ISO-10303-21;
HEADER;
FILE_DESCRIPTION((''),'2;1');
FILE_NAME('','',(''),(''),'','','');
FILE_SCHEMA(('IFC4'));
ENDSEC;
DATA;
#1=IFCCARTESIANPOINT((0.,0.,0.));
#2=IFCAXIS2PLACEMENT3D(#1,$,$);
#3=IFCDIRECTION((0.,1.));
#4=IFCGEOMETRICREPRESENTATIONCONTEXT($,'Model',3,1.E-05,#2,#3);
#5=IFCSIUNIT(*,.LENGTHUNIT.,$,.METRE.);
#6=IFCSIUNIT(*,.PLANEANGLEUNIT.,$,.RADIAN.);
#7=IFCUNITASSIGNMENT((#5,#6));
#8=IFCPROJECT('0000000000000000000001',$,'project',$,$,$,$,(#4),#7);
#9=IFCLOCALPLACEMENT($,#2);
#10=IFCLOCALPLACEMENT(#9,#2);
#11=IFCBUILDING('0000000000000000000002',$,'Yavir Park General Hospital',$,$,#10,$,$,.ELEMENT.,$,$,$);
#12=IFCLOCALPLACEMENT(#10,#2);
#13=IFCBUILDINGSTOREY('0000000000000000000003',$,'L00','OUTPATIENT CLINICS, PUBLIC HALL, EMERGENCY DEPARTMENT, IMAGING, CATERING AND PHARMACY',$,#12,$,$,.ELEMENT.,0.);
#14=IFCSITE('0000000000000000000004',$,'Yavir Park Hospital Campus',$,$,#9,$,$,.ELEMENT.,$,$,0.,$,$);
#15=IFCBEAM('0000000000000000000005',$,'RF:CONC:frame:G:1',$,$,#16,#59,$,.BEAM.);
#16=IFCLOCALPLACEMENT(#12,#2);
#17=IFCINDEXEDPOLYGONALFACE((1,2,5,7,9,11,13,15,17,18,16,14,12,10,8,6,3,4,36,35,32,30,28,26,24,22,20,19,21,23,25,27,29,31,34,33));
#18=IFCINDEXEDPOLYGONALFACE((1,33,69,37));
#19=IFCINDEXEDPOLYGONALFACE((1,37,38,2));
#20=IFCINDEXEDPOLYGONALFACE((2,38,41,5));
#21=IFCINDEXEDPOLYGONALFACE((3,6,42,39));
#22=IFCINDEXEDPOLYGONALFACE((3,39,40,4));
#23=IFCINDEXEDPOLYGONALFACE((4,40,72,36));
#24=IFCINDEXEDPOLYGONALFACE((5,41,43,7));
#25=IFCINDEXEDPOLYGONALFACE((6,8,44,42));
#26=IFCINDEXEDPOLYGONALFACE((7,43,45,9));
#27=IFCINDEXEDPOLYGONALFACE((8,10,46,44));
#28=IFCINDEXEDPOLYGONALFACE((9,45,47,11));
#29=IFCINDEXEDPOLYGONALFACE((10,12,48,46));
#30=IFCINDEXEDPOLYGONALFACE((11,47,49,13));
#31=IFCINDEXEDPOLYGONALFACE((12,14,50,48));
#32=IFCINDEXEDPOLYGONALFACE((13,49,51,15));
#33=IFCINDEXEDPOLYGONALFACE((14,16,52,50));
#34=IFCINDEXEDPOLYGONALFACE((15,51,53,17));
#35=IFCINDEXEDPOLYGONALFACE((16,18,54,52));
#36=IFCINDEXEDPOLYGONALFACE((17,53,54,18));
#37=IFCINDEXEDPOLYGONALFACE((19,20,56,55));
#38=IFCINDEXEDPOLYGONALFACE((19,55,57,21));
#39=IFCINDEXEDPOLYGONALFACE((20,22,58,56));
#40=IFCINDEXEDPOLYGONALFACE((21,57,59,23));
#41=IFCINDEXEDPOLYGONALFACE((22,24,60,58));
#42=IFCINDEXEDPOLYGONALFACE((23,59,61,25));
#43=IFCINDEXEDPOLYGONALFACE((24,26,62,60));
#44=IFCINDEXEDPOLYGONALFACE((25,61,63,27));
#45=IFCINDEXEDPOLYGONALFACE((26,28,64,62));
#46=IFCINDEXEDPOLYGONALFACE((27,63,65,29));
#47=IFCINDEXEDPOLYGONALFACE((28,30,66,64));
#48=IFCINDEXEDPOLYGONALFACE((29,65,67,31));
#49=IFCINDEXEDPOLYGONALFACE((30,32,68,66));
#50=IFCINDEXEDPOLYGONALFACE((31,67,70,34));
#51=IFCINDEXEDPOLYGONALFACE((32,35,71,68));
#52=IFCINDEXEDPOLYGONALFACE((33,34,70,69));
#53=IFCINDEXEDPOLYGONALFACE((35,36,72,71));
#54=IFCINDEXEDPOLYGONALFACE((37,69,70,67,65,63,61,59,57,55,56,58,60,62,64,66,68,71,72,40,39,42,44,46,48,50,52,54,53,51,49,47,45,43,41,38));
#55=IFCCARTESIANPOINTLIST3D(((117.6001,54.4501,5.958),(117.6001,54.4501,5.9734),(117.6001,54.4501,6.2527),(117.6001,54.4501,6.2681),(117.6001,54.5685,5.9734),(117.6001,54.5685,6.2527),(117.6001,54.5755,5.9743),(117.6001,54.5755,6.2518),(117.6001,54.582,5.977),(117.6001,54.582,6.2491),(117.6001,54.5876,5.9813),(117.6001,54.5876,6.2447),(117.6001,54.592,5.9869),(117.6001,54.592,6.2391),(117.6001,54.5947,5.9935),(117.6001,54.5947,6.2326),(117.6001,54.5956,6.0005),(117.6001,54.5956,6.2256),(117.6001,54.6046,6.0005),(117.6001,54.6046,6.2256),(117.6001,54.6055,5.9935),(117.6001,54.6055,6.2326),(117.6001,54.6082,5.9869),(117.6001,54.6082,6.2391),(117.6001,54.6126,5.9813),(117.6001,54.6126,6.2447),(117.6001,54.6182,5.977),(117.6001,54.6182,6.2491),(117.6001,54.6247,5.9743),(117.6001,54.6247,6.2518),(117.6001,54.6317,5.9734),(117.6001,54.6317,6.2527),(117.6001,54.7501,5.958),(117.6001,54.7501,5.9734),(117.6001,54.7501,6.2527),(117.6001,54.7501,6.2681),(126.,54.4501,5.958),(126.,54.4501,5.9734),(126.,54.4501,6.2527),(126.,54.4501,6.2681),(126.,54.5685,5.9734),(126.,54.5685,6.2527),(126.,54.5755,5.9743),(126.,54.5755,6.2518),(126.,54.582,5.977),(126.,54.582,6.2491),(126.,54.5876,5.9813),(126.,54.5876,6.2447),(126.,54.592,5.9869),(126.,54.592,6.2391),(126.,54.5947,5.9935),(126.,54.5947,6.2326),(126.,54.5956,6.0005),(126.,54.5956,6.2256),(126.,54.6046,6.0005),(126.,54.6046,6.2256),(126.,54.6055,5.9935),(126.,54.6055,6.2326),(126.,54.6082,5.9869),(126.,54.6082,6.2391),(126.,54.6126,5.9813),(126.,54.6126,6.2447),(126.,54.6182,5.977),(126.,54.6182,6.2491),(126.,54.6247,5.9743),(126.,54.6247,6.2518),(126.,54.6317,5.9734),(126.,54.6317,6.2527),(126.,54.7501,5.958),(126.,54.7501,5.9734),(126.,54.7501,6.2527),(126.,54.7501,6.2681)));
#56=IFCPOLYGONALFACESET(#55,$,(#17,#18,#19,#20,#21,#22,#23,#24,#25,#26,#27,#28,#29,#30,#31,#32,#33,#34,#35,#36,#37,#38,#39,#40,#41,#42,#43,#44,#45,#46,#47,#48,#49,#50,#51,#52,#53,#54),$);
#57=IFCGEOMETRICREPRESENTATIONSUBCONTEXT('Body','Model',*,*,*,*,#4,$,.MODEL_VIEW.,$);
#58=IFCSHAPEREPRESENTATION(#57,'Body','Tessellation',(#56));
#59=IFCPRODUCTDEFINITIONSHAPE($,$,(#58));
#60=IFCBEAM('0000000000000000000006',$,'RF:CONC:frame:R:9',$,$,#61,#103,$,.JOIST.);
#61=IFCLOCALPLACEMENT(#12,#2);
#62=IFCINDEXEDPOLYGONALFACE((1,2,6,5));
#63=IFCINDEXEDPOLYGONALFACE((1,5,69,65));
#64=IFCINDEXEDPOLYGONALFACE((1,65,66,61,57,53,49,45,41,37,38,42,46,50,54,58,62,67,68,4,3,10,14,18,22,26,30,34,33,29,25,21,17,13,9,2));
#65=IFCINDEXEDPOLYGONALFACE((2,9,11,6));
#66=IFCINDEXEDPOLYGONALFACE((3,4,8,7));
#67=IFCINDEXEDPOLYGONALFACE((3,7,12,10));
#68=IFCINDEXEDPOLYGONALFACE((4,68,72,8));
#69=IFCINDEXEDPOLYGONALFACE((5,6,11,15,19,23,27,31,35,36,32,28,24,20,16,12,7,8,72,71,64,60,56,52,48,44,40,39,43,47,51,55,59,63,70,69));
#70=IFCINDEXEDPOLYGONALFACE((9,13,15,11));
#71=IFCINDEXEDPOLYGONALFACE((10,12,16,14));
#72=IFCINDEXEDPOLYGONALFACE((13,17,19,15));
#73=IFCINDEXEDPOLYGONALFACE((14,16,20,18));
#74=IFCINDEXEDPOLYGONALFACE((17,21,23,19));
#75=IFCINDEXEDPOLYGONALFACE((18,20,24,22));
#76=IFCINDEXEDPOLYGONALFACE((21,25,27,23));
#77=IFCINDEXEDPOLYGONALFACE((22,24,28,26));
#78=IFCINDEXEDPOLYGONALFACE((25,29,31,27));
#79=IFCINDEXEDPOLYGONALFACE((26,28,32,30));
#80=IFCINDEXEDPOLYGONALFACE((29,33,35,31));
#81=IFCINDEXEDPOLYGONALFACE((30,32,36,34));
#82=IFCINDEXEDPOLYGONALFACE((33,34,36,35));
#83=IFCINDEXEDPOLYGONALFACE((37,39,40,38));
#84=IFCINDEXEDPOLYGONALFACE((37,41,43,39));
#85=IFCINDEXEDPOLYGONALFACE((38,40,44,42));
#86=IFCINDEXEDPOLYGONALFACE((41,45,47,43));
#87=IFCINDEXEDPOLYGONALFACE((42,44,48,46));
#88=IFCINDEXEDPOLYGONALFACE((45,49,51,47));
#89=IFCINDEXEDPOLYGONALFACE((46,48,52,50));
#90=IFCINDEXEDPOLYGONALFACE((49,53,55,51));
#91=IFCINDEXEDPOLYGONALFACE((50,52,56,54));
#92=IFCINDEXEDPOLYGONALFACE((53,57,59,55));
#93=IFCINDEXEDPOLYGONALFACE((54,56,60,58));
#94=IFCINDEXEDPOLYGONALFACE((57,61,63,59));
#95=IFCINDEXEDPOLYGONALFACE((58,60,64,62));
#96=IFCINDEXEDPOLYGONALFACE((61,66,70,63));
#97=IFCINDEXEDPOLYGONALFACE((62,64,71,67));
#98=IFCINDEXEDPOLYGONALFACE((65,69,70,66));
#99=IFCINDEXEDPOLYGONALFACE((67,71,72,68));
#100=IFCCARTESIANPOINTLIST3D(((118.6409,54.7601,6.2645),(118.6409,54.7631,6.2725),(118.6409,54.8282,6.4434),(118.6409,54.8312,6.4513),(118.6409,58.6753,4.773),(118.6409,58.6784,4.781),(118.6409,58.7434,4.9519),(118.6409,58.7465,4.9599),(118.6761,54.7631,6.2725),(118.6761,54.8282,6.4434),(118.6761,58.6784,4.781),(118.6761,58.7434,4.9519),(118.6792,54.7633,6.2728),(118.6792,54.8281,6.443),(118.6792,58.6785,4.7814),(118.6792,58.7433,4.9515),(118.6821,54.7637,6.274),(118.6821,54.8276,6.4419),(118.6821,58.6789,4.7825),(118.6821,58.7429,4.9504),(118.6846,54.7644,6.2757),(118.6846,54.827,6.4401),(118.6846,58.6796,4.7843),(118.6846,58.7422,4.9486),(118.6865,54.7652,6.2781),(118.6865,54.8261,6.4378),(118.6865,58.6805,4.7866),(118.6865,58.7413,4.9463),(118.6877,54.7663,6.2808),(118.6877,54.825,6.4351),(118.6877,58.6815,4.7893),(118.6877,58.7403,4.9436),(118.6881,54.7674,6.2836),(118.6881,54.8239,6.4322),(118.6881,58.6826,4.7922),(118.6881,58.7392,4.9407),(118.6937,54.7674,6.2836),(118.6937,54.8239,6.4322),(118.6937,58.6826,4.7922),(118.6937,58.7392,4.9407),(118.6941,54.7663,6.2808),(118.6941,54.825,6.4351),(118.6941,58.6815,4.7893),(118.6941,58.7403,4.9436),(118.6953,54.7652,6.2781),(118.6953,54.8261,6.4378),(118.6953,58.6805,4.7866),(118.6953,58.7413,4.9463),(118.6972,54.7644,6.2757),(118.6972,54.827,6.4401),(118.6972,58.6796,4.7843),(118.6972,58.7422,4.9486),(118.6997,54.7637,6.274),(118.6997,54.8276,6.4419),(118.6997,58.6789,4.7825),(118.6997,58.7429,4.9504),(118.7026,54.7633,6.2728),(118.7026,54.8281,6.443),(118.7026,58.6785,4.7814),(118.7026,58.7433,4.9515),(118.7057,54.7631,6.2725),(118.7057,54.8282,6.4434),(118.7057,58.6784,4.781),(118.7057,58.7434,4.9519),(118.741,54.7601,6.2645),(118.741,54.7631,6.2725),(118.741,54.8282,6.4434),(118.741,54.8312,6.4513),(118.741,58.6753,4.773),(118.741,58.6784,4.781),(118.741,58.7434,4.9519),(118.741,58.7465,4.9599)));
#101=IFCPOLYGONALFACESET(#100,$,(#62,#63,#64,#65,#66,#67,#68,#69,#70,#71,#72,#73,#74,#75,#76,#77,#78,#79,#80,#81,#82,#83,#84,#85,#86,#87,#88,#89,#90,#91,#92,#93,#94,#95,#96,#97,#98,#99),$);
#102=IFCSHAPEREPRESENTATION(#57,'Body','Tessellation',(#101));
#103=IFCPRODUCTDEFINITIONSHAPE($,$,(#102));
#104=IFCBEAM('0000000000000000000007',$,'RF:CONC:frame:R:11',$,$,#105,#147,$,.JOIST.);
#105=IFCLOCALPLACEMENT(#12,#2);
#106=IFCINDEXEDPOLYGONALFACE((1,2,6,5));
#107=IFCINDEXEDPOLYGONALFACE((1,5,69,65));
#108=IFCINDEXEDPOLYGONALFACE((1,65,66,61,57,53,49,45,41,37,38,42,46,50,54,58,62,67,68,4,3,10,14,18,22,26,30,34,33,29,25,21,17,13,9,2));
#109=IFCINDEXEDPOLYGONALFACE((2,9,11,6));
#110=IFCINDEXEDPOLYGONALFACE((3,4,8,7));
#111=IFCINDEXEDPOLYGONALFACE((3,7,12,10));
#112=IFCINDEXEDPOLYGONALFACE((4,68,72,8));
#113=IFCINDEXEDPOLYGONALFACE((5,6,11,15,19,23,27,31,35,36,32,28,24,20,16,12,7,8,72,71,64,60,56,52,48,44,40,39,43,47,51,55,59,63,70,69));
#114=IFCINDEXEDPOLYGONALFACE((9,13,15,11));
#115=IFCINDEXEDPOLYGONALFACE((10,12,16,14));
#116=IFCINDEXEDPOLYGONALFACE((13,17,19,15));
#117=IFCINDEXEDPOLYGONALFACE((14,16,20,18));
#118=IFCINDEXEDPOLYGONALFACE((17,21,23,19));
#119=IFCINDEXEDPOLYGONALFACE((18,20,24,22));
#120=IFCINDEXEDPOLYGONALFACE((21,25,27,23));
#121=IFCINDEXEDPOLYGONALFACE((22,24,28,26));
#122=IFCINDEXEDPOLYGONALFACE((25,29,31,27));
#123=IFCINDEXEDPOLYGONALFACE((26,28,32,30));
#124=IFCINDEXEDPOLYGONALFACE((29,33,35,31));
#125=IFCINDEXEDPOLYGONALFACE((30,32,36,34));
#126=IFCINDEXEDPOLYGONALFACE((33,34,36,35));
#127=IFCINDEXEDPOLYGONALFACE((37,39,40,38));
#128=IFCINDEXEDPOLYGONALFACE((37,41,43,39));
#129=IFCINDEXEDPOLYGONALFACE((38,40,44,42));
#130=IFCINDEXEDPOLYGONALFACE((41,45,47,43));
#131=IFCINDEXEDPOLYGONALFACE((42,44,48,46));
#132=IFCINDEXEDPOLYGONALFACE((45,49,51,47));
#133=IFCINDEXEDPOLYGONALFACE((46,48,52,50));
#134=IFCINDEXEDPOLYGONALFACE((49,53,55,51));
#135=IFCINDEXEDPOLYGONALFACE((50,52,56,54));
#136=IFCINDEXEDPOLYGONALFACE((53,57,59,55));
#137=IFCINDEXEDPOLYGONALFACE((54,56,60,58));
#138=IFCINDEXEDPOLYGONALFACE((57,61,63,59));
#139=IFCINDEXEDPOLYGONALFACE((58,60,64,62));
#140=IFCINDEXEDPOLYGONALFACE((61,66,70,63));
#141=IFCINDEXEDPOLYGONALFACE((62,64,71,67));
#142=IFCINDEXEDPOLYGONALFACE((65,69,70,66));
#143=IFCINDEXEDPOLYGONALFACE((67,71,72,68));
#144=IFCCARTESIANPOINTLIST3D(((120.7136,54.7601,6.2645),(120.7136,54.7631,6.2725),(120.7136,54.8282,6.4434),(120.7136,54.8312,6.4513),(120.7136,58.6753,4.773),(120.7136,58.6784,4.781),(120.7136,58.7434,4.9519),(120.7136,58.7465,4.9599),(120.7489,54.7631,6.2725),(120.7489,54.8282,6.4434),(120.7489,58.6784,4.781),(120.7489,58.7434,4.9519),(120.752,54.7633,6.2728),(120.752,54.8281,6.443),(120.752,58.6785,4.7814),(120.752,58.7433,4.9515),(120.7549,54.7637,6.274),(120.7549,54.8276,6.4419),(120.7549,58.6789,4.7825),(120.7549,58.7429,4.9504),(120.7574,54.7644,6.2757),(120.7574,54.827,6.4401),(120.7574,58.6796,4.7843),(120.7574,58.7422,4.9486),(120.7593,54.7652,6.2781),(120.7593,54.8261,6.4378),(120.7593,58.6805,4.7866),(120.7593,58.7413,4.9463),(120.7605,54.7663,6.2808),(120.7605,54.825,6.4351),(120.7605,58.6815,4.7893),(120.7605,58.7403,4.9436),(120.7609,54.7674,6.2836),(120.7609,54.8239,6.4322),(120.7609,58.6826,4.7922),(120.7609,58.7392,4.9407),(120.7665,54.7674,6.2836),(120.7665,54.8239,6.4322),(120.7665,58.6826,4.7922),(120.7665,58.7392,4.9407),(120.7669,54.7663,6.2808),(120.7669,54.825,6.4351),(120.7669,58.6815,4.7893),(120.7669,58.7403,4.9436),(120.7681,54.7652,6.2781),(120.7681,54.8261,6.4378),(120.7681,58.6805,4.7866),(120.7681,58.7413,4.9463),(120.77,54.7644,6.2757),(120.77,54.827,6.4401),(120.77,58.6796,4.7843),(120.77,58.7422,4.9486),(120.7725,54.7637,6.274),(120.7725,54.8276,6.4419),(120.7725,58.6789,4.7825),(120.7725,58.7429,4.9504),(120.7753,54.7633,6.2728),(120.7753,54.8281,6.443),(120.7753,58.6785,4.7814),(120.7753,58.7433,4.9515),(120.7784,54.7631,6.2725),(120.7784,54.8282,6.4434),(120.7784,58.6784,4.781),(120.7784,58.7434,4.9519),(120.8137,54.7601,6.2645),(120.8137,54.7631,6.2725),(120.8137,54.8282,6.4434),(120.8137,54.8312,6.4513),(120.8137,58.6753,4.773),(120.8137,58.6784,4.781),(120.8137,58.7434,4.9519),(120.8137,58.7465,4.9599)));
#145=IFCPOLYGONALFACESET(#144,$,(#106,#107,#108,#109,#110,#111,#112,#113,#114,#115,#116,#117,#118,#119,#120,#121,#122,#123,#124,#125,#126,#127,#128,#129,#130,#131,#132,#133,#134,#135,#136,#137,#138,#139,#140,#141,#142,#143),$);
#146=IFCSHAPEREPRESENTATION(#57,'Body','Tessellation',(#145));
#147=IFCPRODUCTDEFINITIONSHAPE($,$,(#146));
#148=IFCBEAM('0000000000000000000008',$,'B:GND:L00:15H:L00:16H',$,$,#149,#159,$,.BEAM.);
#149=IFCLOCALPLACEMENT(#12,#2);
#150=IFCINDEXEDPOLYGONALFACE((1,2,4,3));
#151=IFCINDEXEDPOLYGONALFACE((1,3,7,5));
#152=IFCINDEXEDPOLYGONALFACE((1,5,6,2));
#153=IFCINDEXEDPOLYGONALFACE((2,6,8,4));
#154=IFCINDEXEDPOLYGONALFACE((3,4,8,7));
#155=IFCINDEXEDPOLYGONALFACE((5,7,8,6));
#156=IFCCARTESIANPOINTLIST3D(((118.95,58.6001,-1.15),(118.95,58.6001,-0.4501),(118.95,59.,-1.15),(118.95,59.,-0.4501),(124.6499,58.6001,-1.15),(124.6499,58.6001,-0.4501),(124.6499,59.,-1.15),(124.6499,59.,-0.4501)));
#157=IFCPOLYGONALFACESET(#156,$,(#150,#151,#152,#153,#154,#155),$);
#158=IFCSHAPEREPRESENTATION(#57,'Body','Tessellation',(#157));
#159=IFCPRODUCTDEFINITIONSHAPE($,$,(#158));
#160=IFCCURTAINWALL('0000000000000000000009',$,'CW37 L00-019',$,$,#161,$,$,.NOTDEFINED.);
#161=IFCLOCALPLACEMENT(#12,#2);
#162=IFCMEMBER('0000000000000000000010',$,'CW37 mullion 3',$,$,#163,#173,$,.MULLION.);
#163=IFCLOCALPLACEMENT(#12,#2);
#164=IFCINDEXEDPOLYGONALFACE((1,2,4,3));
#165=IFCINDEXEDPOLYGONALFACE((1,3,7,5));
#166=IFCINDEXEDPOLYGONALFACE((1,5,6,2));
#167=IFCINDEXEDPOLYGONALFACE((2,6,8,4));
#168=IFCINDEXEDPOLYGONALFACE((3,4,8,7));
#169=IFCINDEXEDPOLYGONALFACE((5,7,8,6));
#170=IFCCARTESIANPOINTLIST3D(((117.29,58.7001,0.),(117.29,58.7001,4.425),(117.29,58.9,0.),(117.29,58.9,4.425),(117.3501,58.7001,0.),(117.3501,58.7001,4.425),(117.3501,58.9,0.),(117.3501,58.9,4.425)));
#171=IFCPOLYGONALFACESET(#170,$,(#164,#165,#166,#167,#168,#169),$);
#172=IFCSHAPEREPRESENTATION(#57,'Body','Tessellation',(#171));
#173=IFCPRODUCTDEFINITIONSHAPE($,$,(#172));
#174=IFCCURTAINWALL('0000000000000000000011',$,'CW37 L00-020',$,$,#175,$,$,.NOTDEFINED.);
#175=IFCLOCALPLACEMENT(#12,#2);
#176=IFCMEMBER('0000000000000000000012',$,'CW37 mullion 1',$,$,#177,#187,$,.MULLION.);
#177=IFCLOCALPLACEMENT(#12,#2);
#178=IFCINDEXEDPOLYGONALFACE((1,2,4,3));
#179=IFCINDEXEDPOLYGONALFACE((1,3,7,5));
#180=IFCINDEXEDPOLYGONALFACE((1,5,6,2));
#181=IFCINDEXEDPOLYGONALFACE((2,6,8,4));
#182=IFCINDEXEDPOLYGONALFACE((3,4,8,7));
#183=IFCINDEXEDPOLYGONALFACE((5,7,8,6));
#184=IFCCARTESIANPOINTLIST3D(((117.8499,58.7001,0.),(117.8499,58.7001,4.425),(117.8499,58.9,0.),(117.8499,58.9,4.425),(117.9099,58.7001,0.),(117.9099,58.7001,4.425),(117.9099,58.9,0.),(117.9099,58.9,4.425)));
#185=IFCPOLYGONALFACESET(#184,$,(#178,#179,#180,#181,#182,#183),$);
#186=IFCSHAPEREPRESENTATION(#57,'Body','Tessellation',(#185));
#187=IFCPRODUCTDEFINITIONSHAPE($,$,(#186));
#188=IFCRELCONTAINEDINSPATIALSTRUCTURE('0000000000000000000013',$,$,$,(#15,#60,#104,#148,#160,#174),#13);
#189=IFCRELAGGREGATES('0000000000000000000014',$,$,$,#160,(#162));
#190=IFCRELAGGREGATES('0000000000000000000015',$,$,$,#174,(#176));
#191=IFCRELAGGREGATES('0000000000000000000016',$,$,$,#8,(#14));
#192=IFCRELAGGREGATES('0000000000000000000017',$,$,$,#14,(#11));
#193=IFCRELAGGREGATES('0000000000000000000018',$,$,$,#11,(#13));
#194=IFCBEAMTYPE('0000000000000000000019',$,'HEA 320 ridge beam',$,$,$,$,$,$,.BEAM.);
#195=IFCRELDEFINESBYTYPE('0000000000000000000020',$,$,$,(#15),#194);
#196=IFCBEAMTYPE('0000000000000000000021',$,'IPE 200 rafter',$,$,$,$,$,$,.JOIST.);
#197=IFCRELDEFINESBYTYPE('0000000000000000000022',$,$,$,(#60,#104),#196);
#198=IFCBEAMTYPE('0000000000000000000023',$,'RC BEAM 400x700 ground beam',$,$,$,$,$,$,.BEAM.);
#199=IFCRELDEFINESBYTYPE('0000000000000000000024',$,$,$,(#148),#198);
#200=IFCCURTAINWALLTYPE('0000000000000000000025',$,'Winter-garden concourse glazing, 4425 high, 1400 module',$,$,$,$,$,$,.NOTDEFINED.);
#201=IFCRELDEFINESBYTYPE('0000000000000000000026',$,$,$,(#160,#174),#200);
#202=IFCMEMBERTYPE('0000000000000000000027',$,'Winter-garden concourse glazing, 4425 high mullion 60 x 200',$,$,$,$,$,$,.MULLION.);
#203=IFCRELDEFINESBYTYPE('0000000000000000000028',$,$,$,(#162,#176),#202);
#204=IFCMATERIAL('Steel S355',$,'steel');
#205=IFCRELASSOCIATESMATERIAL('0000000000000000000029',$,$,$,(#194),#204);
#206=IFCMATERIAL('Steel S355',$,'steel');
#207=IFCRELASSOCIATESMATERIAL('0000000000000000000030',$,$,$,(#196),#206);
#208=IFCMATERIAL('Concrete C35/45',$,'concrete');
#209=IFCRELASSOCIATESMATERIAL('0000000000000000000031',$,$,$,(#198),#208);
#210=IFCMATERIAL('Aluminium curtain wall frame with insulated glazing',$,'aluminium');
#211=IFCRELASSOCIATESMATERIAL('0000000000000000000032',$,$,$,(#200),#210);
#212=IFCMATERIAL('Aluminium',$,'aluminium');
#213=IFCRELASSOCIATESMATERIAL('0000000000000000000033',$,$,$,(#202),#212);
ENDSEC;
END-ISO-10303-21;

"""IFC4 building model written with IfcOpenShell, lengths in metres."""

from ifc_helpers import new_model, si_unit, direction, frame, origin, origin_2d, place, context, subcontext, project, spatial, rectangle, i_section, extrude, material, material_profile, profile_set, type_object, element, aggregate, save


model = new_model("IFC4")

# Units and contexts
model_context = context("Model", 3, precision=1e-05, world=origin(), true_north=direction((0.0, 1.0)))
body_context = subcontext(model_context, "Body", "Model", "MODEL_VIEW")
ifc_project = project(units=[si_unit("LENGTHUNIT", "METRE"), si_unit("PLANEANGLEUNIT", "RADIAN")], contexts=[model_context])

# Site, building, storey
site_placement = place(None, origin())
site = spatial("IfcSite", under=ifc_project, at=site_placement, Name="Yavir Park Hospital Campus", CompositionType="ELEMENT", RefElevation=0.0)
building_placement = place(site_placement, origin())
building = spatial("IfcBuilding", under=site, at=building_placement, Name="Yavir Park General Hospital", CompositionType="ELEMENT")
storey_placement = place(building_placement, origin())
storey = spatial("IfcBuildingStorey", under=building, at=storey_placement, Name="L00", Description="OUTPATIENT CLINICS, PUBLIC HALL, EMERGENCY DEPARTMENT, IMAGING, CATERING AND PHARMACY", CompositionType="ELEMENT", Elevation=0.0)

# Beams
ifc_material_1 = material(Name="Steel S355", Category="steel")
ifc_material_profile_1 = material_profile(ifc_material_1, i_section(OverallWidth=0.3, OverallDepth=0.3101, WebThickness=0.009, FlangeThickness=0.0154, FilletRadius=0.0271, at=origin_2d()), Name="HEA320")
ifc_profile_set_1 = profile_set([ifc_material_profile_1], Name="Steel S355")
beam_type_1 = type_object("IfcBeamType", Name="HEA 320 ridge beam", PredefinedType="BEAM", material=ifc_profile_set_1)
beam_1_placement = place(storey_placement, frame((117.6001, 54.6001, 6.113), z_axis=(1.0, 0.0, 0.0), x_axis=(0.0, 1.0, 0.0)))
element("IfcBeam", 1, at=beam_1_placement, inside=storey, type_object=beam_type_1, Name="RF:CONC:frame:G:1", PredefinedType="BEAM", context=body_context, shape_type="SweptSolid", body=[
    extrude(i_section(OverallWidth=0.3, OverallDepth=0.3101, WebThickness=0.009, FlangeThickness=0.0154, FilletRadius=0.0271, at=origin_2d()), origin(), (0.0, 0.0, 1.0), 8.3999),
])
ifc_material_2 = material(Name="Steel S355", Category="steel")
ifc_material_profile_2 = material_profile(ifc_material_2, i_section(OverallWidth=0.1001, OverallDepth=0.2, WebThickness=0.0056, FlangeThickness=0.0085, FilletRadius=0.012, at=origin_2d()), Name="IPE200")
ifc_profile_set_2 = profile_set([ifc_material_profile_2], Name="Steel S355")
beam_type_2 = type_object("IfcBeamType", Name="IPE 200 rafter", PredefinedType="JOIST", material=ifc_profile_set_2)
for number, where, z_axis, x_axis, name in (
    (2, (118.6909, 54.7957, 6.3579), (0.0, 0.934494, -0.355978), (-1.0, 0.0, 0.0), "RF:CONC:frame:R:9"),
    (3, (120.7637, 54.7957, 6.3579), (0.0, 0.934494, -0.355978), (-1.0, 0.0, 0.0), "RF:CONC:frame:R:11"),
):
    element("IfcBeam", number, at=place(storey_placement, frame(where, z_axis=z_axis, x_axis=x_axis)), inside=storey, type_object=beam_type_2, Name=name, PredefinedType="JOIST", context=body_context, shape_type="SweptSolid", body=[
        extrude(i_section(OverallWidth=0.1001, OverallDepth=0.2, WebThickness=0.0056, FlangeThickness=0.0085, FilletRadius=0.012, at=origin_2d()), origin(), (0.0, 0.0, 1.0), 4.1897),
    ])
ifc_material_3 = material(Name="Concrete C35/45", Category="concrete")
ifc_material_profile_3 = material_profile(ifc_material_3, rectangle(XDim=0.3999, YDim=0.7, at=origin_2d()), Name="RC400x700")
ifc_profile_set_3 = profile_set([ifc_material_profile_3], Name="Concrete C35/45")
beam_type_3 = type_object("IfcBeamType", Name="RC BEAM 400x700 ground beam", PredefinedType="BEAM", material=ifc_profile_set_3)
beam_2_placement = place(storey_placement, frame((118.95, 58.8, -0.8), z_axis=(1.0, 0.0, 0.0), x_axis=(0.0, 1.0, 0.0)))
element("IfcBeam", 4, at=beam_2_placement, inside=storey, type_object=beam_type_3, Name="B:GND:L00:15H:L00:16H", PredefinedType="BEAM", context=body_context, shape_type="SweptSolid", body=[
    extrude(rectangle(XDim=0.3999, YDim=0.7, at=origin_2d()), origin(), (0.0, 0.0, 1.0), 5.7),
])

# Curtain wall, member
ifc_material_4 = material(Name="Aluminium curtain wall frame with insulated glazing", Category="aluminium")
curtain_wall_type = type_object("IfcCurtainWallType", Name="Winter-garden concourse glazing, 4425 high, 1400 module", PredefinedType="NOTDEFINED", material=ifc_material_4)
curtain_wall_1_placement = place(storey_placement, origin())
curtain_wall_1 = element("IfcCurtainWall", 5, at=curtain_wall_1_placement, inside=storey, type_object=curtain_wall_type, Name="CW37 L00-019", PredefinedType="NOTDEFINED")
ifc_material_5 = material(Name="Aluminium", Category="aluminium")
ifc_material_profile_4 = material_profile(ifc_material_5, rectangle(XDim=0.2, YDim=0.0601, at=origin_2d()), Name="AL 60x200")
ifc_profile_set_4 = profile_set([ifc_material_profile_4], Name="Aluminium")
member_type_1 = type_object("IfcMemberType", Name="Winter-garden concourse glazing, 4425 high mullion 60 x 200", PredefinedType="MULLION", material=ifc_profile_set_4)
member_1_placement = place(storey_placement, frame((117.3201, 58.8, 0.0), z_axis=(0.0, 0.0, 1.0), x_axis=(0.0, 1.0, 0.0)))
member_1 = element("IfcMember", 6, at=member_1_placement, type_object=member_type_1, Name="CW37 mullion 3", PredefinedType="MULLION", context=body_context, shape_type="SweptSolid", body=[
    extrude(rectangle(XDim=0.2, YDim=0.0601, at=origin_2d()), origin(), (0.0, 0.0, 1.0), 4.425),
])
aggregate(curtain_wall_1, [member_1])

# Curtain wall, member
curtain_wall_2_placement = place(storey_placement, origin())
curtain_wall_2 = element("IfcCurtainWall", 7, at=curtain_wall_2_placement, inside=storey, type_object=curtain_wall_type, Name="CW37 L00-020", PredefinedType="NOTDEFINED")
member_2_placement = place(storey_placement, frame((117.8799, 58.8, 0.0), z_axis=(0.0, 0.0, 1.0), x_axis=(0.0, 1.0, 0.0)))
member_2 = element("IfcMember", 8, at=member_2_placement, type_object=member_type_1, Name="CW37 mullion 1", PredefinedType="MULLION", context=body_context, shape_type="SweptSolid", body=[
    extrude(rectangle(XDim=0.2, YDim=0.0601, at=origin_2d()), origin(), (0.0, 0.0, 1.0), 4.425),
])
aggregate(curtain_wall_2, [member_2])

save(model, "model.ifc")
